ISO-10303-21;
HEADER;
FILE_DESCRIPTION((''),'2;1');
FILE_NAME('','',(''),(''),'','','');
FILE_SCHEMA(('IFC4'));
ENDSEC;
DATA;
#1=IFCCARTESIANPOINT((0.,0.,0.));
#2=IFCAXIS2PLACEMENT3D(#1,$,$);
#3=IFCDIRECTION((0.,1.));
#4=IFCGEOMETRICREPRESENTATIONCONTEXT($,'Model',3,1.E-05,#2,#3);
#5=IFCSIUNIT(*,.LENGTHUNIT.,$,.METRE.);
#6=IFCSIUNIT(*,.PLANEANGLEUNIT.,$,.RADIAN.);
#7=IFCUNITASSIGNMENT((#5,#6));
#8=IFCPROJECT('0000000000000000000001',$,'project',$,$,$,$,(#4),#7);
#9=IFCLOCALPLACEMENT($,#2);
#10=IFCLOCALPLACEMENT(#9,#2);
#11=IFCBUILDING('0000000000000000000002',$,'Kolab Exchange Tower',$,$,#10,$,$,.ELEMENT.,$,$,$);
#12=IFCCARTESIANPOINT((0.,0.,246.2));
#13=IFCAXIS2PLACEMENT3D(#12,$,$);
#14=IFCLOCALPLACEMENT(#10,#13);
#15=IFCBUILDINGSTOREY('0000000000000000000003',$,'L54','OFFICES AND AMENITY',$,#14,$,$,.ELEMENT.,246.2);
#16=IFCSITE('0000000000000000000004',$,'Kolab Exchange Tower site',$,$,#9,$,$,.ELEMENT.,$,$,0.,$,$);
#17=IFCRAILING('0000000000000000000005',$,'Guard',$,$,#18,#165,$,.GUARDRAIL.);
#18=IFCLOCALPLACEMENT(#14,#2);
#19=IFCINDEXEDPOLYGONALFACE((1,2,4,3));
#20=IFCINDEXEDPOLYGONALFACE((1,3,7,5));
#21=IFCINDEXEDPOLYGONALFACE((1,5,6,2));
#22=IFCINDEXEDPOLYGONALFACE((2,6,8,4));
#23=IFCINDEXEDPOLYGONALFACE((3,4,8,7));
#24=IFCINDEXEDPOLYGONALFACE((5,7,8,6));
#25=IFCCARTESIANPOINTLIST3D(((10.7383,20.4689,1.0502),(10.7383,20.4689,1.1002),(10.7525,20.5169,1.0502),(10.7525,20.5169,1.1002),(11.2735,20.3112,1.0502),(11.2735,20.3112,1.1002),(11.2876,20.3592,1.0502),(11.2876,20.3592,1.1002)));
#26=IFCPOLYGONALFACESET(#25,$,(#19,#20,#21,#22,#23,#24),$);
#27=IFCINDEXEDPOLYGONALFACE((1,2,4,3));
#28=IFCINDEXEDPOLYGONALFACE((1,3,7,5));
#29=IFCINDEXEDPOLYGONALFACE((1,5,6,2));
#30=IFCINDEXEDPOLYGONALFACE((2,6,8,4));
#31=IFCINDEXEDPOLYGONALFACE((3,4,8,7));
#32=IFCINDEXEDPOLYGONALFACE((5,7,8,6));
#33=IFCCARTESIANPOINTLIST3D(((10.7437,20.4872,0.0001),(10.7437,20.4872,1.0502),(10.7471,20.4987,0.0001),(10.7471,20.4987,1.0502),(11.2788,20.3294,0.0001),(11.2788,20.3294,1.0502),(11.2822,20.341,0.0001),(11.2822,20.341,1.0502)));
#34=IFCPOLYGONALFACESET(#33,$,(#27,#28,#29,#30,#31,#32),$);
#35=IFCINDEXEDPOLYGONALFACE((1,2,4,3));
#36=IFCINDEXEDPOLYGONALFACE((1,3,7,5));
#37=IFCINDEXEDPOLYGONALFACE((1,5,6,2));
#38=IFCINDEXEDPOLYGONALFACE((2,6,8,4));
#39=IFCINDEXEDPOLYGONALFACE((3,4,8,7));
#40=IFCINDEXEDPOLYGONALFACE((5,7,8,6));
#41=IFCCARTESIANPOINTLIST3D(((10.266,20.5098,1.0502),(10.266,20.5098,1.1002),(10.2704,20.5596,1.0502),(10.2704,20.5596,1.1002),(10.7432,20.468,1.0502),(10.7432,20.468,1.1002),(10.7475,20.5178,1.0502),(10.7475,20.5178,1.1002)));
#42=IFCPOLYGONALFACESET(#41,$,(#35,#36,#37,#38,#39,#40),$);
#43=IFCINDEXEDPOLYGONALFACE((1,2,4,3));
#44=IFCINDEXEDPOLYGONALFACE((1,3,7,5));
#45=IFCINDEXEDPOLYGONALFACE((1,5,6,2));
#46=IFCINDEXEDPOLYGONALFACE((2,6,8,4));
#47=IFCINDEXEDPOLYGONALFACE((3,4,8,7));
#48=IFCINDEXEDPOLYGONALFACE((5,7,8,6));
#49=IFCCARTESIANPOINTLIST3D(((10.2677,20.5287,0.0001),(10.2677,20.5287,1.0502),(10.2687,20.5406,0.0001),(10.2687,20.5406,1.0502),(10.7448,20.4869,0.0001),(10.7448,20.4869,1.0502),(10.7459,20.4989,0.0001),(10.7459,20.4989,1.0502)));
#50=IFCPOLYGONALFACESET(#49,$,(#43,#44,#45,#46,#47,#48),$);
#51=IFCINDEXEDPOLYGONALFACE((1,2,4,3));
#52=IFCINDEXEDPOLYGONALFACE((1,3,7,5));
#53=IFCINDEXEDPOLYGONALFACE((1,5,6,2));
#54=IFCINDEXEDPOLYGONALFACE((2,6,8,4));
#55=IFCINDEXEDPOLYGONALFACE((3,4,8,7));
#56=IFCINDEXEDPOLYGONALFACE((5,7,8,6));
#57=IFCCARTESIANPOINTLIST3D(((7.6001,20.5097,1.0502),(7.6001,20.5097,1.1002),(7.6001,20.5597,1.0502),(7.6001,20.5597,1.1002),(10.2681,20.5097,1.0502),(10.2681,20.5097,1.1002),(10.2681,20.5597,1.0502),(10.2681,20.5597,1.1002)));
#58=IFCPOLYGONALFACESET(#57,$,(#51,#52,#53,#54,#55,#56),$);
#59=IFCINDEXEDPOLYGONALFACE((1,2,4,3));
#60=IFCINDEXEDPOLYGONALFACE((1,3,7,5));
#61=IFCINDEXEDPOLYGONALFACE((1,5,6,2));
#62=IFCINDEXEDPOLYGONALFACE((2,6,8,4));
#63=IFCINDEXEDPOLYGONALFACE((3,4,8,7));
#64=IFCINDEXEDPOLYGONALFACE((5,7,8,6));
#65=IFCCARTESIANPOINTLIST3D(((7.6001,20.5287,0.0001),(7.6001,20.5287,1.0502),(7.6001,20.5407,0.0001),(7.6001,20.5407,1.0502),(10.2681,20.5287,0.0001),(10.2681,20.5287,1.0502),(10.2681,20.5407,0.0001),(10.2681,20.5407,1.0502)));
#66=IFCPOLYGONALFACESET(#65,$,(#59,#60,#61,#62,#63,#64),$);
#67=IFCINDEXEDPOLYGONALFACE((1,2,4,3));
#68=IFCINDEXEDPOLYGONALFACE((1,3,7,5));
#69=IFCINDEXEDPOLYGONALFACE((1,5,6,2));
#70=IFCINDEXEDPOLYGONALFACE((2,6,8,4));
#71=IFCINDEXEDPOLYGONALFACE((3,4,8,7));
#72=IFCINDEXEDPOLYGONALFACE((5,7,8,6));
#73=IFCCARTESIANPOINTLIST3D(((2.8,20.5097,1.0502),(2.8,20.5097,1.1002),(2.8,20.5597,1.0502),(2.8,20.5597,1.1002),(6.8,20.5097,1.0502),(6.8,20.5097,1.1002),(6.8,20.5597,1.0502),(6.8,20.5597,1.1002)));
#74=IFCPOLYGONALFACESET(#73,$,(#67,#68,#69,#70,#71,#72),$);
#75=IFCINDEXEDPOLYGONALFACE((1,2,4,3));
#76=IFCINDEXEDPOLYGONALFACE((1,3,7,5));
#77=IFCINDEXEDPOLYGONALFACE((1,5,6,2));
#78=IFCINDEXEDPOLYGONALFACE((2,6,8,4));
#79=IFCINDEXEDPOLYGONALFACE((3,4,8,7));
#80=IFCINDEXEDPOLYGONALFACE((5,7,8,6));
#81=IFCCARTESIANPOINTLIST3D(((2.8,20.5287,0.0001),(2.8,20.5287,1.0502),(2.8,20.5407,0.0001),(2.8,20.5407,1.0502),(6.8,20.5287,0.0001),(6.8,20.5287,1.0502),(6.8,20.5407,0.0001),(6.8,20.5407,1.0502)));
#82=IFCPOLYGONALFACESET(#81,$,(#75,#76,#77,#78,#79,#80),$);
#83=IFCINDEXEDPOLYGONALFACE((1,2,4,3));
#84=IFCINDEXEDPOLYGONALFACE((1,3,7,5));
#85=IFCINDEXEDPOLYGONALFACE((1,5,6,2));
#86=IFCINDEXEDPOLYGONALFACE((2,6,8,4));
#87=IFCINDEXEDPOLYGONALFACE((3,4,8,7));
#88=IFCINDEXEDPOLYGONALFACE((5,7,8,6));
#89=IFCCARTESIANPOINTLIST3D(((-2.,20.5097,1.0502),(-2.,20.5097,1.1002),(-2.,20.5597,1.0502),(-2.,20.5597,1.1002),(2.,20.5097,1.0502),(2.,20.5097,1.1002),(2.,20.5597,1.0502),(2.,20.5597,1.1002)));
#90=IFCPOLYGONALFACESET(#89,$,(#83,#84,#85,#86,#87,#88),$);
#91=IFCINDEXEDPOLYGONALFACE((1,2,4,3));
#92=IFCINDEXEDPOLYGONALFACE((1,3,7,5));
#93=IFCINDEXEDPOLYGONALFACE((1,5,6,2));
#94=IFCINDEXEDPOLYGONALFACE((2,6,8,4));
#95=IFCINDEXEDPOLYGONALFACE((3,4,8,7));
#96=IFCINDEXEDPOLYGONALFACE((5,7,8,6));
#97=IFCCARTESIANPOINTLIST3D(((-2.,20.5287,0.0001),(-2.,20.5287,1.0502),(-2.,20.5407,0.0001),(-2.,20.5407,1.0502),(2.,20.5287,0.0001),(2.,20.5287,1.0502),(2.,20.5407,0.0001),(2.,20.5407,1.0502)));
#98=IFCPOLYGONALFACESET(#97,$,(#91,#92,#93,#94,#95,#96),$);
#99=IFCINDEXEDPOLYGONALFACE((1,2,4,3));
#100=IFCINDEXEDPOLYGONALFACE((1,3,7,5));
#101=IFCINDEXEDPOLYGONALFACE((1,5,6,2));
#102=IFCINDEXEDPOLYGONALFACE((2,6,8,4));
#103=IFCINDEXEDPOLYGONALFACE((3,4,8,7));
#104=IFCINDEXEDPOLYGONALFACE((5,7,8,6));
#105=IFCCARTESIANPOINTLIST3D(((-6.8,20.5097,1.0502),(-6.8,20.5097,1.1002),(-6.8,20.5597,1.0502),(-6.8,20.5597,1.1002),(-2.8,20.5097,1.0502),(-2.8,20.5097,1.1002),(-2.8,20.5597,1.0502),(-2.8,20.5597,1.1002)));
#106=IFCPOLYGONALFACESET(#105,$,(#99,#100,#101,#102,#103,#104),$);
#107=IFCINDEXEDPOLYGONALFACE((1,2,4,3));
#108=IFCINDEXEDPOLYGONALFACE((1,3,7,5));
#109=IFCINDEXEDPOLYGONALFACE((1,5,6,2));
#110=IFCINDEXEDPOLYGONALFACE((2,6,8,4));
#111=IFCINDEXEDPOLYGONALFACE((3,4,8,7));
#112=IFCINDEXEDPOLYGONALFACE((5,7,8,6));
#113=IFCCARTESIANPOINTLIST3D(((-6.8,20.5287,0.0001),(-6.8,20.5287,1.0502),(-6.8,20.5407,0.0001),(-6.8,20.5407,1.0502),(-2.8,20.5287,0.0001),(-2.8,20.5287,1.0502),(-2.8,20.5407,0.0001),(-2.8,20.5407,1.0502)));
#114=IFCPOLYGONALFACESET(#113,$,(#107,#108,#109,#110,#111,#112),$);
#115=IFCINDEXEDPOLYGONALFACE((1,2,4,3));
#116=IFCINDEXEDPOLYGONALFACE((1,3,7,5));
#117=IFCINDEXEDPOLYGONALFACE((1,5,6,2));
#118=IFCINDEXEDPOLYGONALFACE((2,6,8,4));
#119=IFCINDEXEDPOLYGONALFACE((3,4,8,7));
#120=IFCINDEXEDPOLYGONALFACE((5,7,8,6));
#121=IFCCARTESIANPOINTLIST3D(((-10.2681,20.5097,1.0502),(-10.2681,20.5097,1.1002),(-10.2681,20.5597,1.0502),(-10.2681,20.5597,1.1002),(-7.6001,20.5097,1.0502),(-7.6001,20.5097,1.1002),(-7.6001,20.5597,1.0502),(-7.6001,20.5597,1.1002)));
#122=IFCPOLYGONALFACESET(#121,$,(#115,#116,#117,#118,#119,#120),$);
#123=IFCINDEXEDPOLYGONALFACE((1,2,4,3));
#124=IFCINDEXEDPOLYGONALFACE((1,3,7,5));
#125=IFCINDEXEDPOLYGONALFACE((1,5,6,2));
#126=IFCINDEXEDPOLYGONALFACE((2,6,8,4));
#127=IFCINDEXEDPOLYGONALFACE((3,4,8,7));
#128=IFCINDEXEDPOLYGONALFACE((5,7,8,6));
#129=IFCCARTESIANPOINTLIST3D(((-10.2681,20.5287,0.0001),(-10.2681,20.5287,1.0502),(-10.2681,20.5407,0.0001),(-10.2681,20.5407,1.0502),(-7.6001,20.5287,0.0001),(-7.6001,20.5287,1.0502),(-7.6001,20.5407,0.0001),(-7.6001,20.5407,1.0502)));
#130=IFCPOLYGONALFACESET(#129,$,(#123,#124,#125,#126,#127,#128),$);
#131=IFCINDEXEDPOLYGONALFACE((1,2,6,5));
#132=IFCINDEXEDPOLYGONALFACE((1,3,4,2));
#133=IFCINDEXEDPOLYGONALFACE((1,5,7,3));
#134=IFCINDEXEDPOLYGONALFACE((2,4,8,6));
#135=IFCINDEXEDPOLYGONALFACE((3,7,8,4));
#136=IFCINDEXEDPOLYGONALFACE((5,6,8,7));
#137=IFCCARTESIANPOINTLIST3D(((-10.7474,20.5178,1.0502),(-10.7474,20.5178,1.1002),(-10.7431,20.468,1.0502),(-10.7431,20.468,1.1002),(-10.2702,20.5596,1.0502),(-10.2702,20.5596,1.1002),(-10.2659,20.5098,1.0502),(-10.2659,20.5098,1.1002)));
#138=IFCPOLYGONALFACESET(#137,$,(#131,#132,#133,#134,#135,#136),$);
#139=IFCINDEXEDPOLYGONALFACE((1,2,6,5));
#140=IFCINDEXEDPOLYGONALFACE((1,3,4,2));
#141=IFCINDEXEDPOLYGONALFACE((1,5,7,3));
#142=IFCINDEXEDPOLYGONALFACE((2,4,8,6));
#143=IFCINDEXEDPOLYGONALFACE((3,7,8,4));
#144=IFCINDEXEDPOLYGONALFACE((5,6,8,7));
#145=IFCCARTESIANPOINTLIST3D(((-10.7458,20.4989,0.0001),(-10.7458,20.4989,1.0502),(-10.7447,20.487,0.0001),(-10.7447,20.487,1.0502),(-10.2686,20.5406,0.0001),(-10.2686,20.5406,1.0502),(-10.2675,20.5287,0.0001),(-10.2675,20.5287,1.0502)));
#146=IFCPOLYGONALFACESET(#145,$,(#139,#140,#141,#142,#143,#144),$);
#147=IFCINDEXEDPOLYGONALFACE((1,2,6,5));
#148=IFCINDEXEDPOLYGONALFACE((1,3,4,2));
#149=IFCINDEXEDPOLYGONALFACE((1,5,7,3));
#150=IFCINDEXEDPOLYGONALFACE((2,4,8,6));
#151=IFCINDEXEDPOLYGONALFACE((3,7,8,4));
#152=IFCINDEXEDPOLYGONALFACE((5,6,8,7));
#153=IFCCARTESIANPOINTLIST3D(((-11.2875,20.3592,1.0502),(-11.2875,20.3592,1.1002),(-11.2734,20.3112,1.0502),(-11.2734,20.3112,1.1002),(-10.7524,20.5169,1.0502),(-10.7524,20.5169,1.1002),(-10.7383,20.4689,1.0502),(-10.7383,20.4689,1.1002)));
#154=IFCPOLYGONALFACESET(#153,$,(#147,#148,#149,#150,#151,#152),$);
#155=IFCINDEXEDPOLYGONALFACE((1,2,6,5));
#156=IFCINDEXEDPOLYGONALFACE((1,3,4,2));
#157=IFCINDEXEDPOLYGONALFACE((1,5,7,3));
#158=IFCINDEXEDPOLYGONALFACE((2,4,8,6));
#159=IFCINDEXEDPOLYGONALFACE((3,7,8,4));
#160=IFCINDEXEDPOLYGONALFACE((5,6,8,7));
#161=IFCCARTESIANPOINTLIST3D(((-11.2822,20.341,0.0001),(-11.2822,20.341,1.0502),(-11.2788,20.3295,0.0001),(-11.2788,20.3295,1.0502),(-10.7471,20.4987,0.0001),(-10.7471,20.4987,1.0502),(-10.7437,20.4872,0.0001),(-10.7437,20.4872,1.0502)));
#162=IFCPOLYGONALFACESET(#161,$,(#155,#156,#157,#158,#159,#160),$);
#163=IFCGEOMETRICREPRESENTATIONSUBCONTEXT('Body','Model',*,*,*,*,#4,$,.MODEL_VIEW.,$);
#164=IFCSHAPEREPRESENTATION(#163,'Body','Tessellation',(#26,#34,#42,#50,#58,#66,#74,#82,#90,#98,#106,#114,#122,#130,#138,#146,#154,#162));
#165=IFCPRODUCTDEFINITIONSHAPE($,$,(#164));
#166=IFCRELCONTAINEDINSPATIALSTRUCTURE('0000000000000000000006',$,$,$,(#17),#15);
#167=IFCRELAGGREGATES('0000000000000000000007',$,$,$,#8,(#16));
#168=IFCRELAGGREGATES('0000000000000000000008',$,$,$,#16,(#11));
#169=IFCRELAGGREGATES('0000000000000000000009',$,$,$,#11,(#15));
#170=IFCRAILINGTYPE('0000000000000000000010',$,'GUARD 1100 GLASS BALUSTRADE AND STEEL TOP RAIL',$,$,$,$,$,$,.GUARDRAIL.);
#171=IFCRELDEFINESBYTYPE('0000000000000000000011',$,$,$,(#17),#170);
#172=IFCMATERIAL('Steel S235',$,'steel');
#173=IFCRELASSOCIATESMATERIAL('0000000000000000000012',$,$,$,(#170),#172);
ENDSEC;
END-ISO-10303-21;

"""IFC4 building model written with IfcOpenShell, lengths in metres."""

from ifc_helpers import new_model, si_unit, direction, frame, frame_2d, origin, origin_2d, place, context, subcontext, project, spatial, rectangle, extrude, material, type_object, element, save


model = new_model("IFC4")

# Units and contexts
model_context = context("Model", 3, precision=1e-05, world=origin(), true_north=direction((0.0, 1.0)))
body_context = subcontext(model_context, "Body", "Model", "MODEL_VIEW")
ifc_project = project(units=[si_unit("LENGTHUNIT", "METRE"), si_unit("PLANEANGLEUNIT", "RADIAN")], contexts=[model_context])

# Site, building, storey
site_placement = place(None, origin())
site = spatial("IfcSite", under=ifc_project, at=site_placement, Name="Kolab Exchange Tower site", CompositionType="ELEMENT", RefElevation=0.0)
building_placement = place(site_placement, origin())
building = spatial("IfcBuilding", under=site, at=building_placement, Name="Kolab Exchange Tower", CompositionType="ELEMENT")
storey_placement = place(building_placement, frame((0.0, 0.0, 246.2)))
storey = spatial("IfcBuildingStorey", under=building, at=storey_placement, Name="L54", Description="OFFICES AND AMENITY", CompositionType="ELEMENT", Elevation=246.2)

# Railing
ifc_material_1 = material(Name="Steel S235", Category="steel")
railing_type = type_object("IfcRailingType", Name="GUARD 1100 GLASS BALUSTRADE AND STEEL TOP RAIL", PredefinedType="GUARDRAIL", material=ifc_material_1)
railing_placement = place(storey_placement, frame((11.2805, 20.3352, 0.0)))
element("IfcRailing", 1, at=railing_placement, inside=storey, type_object=railing_type, Name="Guard", PredefinedType="GUARDRAIL", context=body_context, shape_type="SweptSolid", body=[
    extrude(rectangle(XDim=0.05, YDim=0.05, at=origin_2d()), frame((0.0, 0.0, 1.0752), z_axis=(-0.959212, 0.282687, 0.0), x_axis=(-0.282687, -0.959212, 0.0)), (0.0, 0.0, 1.0), 0.5579),
    extrude(rectangle(XDim=0.012, YDim=1.0501, at=frame_2d((0.0, 0.5251))), frame((0.0, 0.0, 0.0), z_axis=(-0.959212, 0.282687, 0.0), x_axis=(-0.282687, -0.959212, 0.0)), (0.0, 0.0, 1.0), 0.5579),
    extrude(rectangle(XDim=0.05, YDim=0.05, at=origin_2d()), frame((-0.5352, 0.1577, 1.0752), z_axis=(-0.996196, 0.087135, 0.0), x_axis=(-0.087135, -0.996196, 0.0)), (0.0, 0.0, 1.0), 0.479),
    extrude(rectangle(XDim=0.012, YDim=1.0501, at=frame_2d((0.0, 0.5251))), frame((-0.5352, 0.1577, 0.0), z_axis=(-0.996196, 0.087135, 0.0), x_axis=(-0.087135, -0.996196, 0.0)), (0.0, 0.0, 1.0), 0.479),
    extrude(rectangle(XDim=0.05, YDim=0.05, at=origin_2d()), frame((-1.0125, 0.1995, 1.0752), z_axis=(-1.0, 0.0, 0.0), x_axis=(0.0, -1.0, 0.0)), (0.0, 0.0, 1.0), 2.668),
    extrude(rectangle(XDim=0.012, YDim=1.0501, at=frame_2d((0.0, 0.5251))), frame((-1.0125, 0.1995, 0.0), z_axis=(-1.0, 0.0, 0.0), x_axis=(0.0, -1.0, 0.0)), (0.0, 0.0, 1.0), 2.668),
    extrude(rectangle(XDim=0.05, YDim=0.05, at=origin_2d()), frame((-4.4805, 0.1995, 1.0752), z_axis=(-1.0, 0.0, 0.0), x_axis=(0.0, -1.0, 0.0)), (0.0, 0.0, 1.0), 4.0),
    extrude(rectangle(XDim=0.012, YDim=1.0501, at=frame_2d((0.0, 0.5251))), frame((-4.4805, 0.1995, 0.0), z_axis=(-1.0, 0.0, 0.0), x_axis=(0.0, -1.0, 0.0)), (0.0, 0.0, 1.0), 4.0),
    extrude(rectangle(XDim=0.05, YDim=0.05, at=origin_2d()), frame((-9.2805, 0.1995, 1.0752), z_axis=(-1.0, 0.0, 0.0), x_axis=(0.0, -1.0, 0.0)), (0.0, 0.0, 1.0), 4.0),
    extrude(rectangle(XDim=0.012, YDim=1.0501, at=frame_2d((0.0, 0.5251))), frame((-9.2805, 0.1995, 0.0), z_axis=(-1.0, 0.0, 0.0), x_axis=(0.0, -1.0, 0.0)), (0.0, 0.0, 1.0), 4.0),
    extrude(rectangle(XDim=0.05, YDim=0.05, at=origin_2d()), frame((-14.0806, 0.1995, 1.0752), z_axis=(-1.0, 0.0, 0.0), x_axis=(0.0, -1.0, 0.0)), (0.0, 0.0, 1.0), 4.0),
    extrude(rectangle(XDim=0.012, YDim=1.0501, at=frame_2d((0.0, 0.5251))), frame((-14.0806, 0.1995, 0.0), z_axis=(-1.0, 0.0, 0.0), x_axis=(0.0, -1.0, 0.0)), (0.0, 0.0, 1.0), 4.0),
    extrude(rectangle(XDim=0.05, YDim=0.05, at=origin_2d()), frame((-18.8806, 0.1995, 1.0752), z_axis=(-1.0, 0.0, 0.0), x_axis=(0.0, -1.0, 0.0)), (0.0, 0.0, 1.0), 2.668),
    extrude(rectangle(XDim=0.012, YDim=1.0501, at=frame_2d((0.0, 0.5251))), frame((-18.8806, 0.1995, 0.0), z_axis=(-1.0, 0.0, 0.0), x_axis=(0.0, -1.0, 0.0)), (0.0, 0.0, 1.0), 2.668),
    extrude(rectangle(XDim=0.05, YDim=0.05, at=origin_2d()), frame((-21.5486, 0.1995, 1.0752), z_axis=(-0.996196, -0.087135, 0.0), x_axis=(0.087135, -0.996196, 0.0)), (0.0, 0.0, 1.0), 0.479),
    extrude(rectangle(XDim=0.012, YDim=1.0501, at=frame_2d((0.0, 0.5251))), frame((-21.5486, 0.1995, 0.0), z_axis=(-0.996196, -0.087135, 0.0), x_axis=(0.087135, -0.996196, 0.0)), (0.0, 0.0, 1.0), 0.479),
    extrude(rectangle(XDim=0.05, YDim=0.05, at=origin_2d()), frame((-22.0259, 0.1577, 1.0752), z_axis=(-0.959212, -0.282687, 0.0), x_axis=(0.282687, -0.959212, 0.0)), (0.0, 0.0, 1.0), 0.5579),
    extrude(rectangle(XDim=0.012, YDim=1.0501, at=frame_2d((0.0, 0.5251))), frame((-22.0259, 0.1577, 0.0), z_axis=(-0.959212, -0.282687, 0.0), x_axis=(0.282687, -0.959212, 0.0)), (0.0, 0.0, 1.0), 0.5579),
])

save(model, "model.ifc")
